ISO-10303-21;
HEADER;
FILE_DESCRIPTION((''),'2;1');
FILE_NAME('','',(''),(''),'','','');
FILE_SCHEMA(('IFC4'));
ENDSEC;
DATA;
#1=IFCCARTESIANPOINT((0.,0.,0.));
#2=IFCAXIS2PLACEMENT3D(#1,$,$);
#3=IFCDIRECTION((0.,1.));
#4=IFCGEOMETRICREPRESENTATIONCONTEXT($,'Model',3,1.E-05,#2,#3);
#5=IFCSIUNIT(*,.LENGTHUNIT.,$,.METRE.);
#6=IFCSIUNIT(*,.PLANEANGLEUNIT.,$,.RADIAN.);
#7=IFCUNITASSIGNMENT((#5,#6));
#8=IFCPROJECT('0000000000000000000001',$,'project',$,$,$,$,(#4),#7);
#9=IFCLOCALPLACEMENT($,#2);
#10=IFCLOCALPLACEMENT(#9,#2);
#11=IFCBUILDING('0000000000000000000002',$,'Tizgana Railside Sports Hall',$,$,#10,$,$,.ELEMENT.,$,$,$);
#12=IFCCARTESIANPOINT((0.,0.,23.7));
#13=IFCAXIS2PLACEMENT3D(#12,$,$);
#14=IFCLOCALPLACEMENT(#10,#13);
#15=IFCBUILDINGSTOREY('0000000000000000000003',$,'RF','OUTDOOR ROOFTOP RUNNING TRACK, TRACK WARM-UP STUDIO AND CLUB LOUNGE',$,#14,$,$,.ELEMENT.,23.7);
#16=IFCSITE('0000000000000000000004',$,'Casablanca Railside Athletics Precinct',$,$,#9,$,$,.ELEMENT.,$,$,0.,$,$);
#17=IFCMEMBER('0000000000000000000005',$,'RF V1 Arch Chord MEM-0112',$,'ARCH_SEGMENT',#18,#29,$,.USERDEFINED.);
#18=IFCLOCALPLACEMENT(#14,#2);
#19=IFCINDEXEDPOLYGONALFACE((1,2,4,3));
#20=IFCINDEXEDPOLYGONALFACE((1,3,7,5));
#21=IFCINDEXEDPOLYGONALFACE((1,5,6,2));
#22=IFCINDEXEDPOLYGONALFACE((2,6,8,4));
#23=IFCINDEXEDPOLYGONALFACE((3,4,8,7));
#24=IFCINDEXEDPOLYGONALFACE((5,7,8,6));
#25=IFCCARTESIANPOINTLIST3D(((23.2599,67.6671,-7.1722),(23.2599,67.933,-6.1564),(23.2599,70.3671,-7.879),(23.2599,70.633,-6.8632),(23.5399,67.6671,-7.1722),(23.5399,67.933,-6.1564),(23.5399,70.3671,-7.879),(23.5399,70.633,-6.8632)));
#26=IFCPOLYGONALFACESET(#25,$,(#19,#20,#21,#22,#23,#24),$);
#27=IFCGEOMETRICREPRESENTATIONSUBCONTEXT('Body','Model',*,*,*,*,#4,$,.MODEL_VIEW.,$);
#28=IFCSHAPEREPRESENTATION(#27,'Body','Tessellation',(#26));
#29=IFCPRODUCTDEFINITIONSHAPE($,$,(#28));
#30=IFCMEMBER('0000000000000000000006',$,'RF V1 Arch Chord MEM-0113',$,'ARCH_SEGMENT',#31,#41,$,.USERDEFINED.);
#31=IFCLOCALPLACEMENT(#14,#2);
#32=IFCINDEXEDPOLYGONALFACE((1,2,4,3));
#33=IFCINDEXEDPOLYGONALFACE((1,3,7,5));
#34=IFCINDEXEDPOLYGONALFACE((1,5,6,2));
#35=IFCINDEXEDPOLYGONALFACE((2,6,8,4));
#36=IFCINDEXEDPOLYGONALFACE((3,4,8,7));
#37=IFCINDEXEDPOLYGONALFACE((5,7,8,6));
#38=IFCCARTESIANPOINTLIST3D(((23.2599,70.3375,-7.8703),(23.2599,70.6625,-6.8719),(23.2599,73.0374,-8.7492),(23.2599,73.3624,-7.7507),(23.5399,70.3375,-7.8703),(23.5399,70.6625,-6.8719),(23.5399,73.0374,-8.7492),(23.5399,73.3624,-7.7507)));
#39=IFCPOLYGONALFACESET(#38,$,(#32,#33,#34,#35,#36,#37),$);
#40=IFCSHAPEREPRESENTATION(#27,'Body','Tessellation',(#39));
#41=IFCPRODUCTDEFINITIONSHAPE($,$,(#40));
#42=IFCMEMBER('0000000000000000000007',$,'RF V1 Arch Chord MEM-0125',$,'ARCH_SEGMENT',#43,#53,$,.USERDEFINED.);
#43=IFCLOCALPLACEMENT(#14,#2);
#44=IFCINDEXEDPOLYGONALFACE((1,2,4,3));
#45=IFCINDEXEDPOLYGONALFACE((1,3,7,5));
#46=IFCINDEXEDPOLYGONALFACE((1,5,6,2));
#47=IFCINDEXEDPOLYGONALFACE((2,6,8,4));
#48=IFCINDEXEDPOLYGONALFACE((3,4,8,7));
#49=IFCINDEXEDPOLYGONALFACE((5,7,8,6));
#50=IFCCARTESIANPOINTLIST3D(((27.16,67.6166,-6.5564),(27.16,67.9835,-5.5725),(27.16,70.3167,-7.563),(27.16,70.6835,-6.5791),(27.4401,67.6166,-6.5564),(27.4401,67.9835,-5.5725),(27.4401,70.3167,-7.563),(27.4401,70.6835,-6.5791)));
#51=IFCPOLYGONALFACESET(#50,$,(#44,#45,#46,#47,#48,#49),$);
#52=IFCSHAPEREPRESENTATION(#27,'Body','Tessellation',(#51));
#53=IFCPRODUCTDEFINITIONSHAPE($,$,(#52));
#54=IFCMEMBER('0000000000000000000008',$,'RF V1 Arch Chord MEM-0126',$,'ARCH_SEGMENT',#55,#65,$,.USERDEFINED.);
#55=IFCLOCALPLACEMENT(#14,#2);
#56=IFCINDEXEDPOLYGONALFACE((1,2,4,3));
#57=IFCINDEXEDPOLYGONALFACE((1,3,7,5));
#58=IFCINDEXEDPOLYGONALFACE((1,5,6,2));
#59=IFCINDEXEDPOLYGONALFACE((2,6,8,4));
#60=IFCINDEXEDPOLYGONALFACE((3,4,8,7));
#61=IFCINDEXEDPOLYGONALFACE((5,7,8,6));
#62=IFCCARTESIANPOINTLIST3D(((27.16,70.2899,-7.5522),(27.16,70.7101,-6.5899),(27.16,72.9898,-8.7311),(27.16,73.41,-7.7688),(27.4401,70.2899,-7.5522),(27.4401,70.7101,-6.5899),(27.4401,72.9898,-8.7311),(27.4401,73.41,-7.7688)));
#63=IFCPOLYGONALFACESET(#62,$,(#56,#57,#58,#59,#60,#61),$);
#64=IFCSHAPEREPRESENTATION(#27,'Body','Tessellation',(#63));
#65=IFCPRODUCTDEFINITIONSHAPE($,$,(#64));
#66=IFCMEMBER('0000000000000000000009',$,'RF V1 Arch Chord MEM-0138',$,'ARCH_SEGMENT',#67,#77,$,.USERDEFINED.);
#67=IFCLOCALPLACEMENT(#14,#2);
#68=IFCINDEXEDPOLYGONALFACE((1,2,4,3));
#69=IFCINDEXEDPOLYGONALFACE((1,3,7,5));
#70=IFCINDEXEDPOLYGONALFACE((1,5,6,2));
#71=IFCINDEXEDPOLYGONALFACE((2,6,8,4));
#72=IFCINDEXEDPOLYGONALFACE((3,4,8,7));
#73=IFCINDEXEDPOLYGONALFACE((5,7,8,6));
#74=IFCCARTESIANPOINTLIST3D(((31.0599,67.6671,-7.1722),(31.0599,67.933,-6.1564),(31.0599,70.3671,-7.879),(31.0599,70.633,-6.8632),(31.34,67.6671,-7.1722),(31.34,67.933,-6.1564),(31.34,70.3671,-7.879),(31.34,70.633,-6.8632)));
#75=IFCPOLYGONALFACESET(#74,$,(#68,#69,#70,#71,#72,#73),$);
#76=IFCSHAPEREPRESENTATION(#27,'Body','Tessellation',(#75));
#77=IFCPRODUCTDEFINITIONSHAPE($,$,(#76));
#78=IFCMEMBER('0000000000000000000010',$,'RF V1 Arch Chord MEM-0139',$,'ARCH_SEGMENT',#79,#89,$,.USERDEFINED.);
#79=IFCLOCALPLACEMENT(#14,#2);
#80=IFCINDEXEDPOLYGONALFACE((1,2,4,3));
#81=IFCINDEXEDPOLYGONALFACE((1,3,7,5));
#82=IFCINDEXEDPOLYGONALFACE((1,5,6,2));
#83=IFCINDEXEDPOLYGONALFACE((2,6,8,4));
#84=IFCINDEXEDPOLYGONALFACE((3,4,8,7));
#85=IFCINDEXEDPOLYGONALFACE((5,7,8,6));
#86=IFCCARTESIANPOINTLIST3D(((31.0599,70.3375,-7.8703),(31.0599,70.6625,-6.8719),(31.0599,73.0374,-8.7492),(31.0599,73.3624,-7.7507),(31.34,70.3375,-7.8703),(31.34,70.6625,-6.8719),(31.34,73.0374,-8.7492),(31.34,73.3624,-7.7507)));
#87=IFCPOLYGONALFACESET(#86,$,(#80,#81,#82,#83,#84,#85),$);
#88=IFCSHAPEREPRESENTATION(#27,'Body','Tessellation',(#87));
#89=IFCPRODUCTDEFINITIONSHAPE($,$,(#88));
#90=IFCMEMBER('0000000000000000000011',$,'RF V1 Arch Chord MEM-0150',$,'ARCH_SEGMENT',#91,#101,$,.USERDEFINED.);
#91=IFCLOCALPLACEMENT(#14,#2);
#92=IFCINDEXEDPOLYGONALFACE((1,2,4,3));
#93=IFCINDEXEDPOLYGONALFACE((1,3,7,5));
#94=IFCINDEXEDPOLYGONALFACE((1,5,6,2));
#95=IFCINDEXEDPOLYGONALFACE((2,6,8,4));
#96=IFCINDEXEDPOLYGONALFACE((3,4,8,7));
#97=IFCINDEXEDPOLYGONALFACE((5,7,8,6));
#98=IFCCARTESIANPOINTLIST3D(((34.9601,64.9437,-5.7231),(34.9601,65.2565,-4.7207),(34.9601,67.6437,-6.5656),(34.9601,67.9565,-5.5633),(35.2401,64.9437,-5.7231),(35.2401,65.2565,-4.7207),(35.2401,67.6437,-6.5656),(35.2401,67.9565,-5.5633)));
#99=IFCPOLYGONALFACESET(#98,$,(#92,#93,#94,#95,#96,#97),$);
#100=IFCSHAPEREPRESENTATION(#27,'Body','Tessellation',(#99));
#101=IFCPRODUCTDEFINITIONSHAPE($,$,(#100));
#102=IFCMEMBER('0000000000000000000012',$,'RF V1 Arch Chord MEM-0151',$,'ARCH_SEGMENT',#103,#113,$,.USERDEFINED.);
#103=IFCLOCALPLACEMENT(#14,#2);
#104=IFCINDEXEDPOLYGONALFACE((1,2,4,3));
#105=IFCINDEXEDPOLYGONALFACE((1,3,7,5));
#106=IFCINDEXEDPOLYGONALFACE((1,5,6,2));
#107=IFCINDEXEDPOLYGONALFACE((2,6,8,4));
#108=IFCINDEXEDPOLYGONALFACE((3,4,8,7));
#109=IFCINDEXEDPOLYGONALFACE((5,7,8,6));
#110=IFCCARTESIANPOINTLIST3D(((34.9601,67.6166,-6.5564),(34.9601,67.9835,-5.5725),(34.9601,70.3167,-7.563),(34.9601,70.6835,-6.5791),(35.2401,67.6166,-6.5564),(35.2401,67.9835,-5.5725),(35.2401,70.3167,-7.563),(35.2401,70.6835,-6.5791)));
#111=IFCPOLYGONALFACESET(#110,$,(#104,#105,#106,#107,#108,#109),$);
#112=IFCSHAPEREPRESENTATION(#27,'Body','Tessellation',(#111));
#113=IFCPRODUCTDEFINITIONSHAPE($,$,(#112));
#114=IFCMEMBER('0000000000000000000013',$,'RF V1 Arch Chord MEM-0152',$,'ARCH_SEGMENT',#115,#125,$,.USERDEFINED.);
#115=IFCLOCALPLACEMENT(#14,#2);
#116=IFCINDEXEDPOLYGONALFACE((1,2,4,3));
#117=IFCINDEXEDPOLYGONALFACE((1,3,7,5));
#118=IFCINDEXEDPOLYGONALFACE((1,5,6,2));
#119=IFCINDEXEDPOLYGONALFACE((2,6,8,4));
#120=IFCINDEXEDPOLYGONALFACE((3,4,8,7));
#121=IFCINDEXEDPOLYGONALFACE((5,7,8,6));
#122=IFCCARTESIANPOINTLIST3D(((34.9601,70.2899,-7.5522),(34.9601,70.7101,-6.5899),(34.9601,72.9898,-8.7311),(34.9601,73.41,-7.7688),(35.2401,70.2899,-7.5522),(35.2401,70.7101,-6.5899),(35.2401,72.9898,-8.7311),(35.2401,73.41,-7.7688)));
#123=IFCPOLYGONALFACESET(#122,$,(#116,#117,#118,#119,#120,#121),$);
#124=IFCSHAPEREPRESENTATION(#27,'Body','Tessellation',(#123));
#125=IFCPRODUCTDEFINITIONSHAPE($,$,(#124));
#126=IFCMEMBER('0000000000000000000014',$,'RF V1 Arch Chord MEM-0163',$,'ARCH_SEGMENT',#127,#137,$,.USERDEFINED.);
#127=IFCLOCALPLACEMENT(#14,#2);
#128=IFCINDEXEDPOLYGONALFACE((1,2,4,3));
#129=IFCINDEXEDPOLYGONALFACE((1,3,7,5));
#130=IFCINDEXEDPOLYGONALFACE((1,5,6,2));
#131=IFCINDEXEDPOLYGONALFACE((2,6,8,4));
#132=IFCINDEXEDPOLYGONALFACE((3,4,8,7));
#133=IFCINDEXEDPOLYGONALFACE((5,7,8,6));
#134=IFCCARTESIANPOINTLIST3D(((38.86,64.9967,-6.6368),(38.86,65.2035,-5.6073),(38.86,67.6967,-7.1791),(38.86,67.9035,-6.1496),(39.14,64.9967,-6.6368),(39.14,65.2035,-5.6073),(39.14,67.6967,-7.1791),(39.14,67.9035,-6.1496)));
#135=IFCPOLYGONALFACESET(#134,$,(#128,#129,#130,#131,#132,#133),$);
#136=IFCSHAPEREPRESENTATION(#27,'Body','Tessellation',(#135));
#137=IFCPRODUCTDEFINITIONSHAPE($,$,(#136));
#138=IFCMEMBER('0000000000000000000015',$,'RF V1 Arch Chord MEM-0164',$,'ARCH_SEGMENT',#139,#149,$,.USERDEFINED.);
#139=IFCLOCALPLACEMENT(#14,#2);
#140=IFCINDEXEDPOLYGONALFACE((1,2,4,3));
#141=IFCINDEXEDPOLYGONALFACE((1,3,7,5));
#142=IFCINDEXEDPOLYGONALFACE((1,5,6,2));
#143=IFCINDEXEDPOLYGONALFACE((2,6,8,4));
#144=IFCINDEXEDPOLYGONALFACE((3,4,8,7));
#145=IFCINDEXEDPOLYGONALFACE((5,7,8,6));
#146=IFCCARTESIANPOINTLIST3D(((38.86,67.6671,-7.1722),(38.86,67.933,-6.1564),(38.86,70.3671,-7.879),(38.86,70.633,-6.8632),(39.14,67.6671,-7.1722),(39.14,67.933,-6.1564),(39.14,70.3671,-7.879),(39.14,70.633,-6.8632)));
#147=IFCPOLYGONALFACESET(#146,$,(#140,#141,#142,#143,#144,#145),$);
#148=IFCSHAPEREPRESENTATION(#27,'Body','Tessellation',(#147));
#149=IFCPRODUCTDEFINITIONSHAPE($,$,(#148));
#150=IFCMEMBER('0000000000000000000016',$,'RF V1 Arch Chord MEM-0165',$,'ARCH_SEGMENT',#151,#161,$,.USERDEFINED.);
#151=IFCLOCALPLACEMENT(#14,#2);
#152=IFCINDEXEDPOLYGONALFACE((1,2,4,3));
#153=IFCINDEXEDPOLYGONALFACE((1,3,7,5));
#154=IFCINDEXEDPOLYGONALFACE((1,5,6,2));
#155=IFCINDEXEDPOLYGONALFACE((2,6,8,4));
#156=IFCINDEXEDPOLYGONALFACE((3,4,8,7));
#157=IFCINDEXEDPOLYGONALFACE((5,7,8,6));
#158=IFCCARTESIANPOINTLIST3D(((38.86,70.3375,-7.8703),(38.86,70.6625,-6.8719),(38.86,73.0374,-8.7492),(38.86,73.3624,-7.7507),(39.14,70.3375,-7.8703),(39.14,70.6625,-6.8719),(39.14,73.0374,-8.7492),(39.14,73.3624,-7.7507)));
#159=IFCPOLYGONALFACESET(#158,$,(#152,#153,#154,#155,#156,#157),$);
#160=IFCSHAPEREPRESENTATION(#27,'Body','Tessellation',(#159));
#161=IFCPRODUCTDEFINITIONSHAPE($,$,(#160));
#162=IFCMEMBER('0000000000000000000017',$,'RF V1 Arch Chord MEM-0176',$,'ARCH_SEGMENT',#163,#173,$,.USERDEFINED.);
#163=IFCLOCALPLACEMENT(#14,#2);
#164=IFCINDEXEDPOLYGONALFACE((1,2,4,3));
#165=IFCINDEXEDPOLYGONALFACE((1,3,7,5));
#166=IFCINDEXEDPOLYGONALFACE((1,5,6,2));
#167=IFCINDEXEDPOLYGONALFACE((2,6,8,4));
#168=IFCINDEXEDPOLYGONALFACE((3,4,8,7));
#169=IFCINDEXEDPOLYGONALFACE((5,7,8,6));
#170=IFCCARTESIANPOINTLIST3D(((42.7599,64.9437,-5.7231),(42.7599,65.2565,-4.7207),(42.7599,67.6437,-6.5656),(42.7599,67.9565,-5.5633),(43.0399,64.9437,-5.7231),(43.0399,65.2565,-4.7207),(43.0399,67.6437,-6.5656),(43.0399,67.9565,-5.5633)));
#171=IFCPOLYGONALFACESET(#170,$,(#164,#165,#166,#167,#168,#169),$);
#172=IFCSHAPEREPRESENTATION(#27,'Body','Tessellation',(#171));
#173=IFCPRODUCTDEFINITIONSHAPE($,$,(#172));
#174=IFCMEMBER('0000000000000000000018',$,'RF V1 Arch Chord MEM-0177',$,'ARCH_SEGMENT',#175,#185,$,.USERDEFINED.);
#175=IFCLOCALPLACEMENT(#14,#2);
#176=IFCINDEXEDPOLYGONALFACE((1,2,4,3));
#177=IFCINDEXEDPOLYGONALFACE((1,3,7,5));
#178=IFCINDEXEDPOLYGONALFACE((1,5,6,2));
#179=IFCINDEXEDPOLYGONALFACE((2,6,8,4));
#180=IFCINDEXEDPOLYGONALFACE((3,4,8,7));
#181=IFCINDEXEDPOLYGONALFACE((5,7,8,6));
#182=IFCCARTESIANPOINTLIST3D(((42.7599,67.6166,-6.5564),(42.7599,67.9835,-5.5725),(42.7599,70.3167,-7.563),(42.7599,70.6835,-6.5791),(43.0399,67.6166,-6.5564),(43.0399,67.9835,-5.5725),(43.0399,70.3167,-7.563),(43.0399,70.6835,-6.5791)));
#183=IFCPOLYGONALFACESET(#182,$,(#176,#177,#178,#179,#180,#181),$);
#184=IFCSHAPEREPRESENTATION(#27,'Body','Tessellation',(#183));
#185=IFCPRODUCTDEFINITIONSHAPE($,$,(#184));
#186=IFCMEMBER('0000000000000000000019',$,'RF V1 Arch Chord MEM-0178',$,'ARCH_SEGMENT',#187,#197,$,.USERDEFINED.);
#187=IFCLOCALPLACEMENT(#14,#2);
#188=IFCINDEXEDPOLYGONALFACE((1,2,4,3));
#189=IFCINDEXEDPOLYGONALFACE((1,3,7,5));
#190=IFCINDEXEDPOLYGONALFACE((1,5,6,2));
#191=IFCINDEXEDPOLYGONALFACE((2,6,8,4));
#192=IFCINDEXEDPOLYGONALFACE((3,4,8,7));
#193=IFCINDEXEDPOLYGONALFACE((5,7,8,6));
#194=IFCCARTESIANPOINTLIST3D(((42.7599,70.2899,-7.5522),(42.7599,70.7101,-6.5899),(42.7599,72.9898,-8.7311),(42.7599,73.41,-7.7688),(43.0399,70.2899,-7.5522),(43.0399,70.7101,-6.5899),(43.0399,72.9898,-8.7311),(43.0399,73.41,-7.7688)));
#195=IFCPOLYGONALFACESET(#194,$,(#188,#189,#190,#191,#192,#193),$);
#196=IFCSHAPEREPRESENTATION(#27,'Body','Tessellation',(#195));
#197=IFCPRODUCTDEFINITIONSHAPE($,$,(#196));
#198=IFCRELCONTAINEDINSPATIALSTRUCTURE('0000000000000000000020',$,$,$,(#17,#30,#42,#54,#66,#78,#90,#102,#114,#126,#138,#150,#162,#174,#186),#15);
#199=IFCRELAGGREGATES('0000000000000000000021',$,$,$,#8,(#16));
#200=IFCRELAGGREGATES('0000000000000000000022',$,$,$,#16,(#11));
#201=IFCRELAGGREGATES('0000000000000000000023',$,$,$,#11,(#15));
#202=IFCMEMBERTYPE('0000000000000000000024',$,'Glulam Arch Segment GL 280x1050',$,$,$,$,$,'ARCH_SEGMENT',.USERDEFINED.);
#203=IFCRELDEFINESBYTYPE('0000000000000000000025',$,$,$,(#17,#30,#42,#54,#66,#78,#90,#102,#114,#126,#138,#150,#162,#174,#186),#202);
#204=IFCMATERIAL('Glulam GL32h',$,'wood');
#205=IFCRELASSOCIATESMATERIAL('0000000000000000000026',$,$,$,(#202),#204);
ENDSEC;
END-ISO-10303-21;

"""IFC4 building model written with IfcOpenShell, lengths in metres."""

from ifc_helpers import new_model, si_unit, direction, frame, origin, origin_2d, place, context, subcontext, project, spatial, rectangle, extrude, material, material_profile, profile_set, type_object, element, save


model = new_model("IFC4")

# Units and contexts
model_context = context("Model", 3, precision=1e-05, world=origin(), true_north=direction((0.0, 1.0)))
body_context = subcontext(model_context, "Body", "Model", "MODEL_VIEW")
ifc_project = project(units=[si_unit("LENGTHUNIT", "METRE"), si_unit("PLANEANGLEUNIT", "RADIAN")], contexts=[model_context])

# Site, building, storey
site_placement = place(None, origin())
site = spatial("IfcSite", under=ifc_project, at=site_placement, Name="Casablanca Railside Athletics Precinct", CompositionType="ELEMENT", RefElevation=0.0)
building_placement = place(site_placement, origin())
building = spatial("IfcBuilding", under=site, at=building_placement, Name="Tizgana Railside Sports Hall", CompositionType="ELEMENT")
storey_placement = place(building_placement, frame((0.0, 0.0, 23.7)))
storey = spatial("IfcBuildingStorey", under=building, at=storey_placement, Name="RF", Description="OUTDOOR ROOFTOP RUNNING TRACK, TRACK WARM-UP STUDIO AND CLUB LOUNGE", CompositionType="ELEMENT", Elevation=23.7)

# Members
ifc_material_1 = material(Name="Glulam GL32h", Category="wood")
ifc_material_profile_1 = material_profile(ifc_material_1, rectangle(XDim=0.28, YDim=1.05, at=origin_2d()), Name="GL 280x1050")
ifc_profile_set_1 = profile_set([ifc_material_profile_1], Name="Glulam GL32h")
member_type_1 = type_object("IfcMemberType", Name="Glulam Arch Segment GL 280x1050", ElementType="ARCH_SEGMENT", PredefinedType="USERDEFINED", material=ifc_profile_set_1)
member_1_placement = place(storey_placement, frame((23.3999, 67.8, -6.6643), z_axis=(0.0, 0.967402, -0.253244), x_axis=(-1.0, 0.0, 0.0)))
element("IfcMember", 1, at=member_1_placement, inside=storey, type_object=member_type_1, Name="RF V1 Arch Chord MEM-0112", ObjectType="ARCH_SEGMENT", PredefinedType="USERDEFINED", context=body_context, shape_type="SweptSolid", body=[
    extrude(rectangle(XDim=0.28, YDim=1.05, at=origin_2d()), origin(), (0.0, 0.0, 1.0), 2.791),
])
member_2_placement = place(storey_placement, frame((23.3999, 70.5, -7.3711), z_axis=(0.0, 0.950887, -0.309539), x_axis=(-1.0, 0.0, 0.0)))
element("IfcMember", 2, at=member_2_placement, inside=storey, type_object=member_type_1, Name="RF V1 Arch Chord MEM-0113", ObjectType="ARCH_SEGMENT", PredefinedType="USERDEFINED", context=body_context, shape_type="SweptSolid", body=[
    extrude(rectangle(XDim=0.28, YDim=1.05, at=origin_2d()), origin(), (0.0, 0.0, 1.0), 2.8394),
])
member_3_placement = place(storey_placement, frame((27.3, 67.8, -6.0645), z_axis=(0.0, 0.936999, -0.349331), x_axis=(-1.0, 0.0, 0.0)))
element("IfcMember", 3, at=member_3_placement, inside=storey, type_object=member_type_1, Name="RF V1 Arch Chord MEM-0125", ObjectType="ARCH_SEGMENT", PredefinedType="USERDEFINED", context=body_context, shape_type="SweptSolid", body=[
    extrude(rectangle(XDim=0.28, YDim=1.05, at=origin_2d()), origin(), (0.0, 0.0, 1.0), 2.8816),
])
member_4_placement = place(storey_placement, frame((27.3, 70.5, -7.071), z_axis=(0.0, 0.91644, -0.400171), x_axis=(-1.0, 0.0, 0.0)))
element("IfcMember", 4, at=member_4_placement, inside=storey, type_object=member_type_1, Name="RF V1 Arch Chord MEM-0126", ObjectType="ARCH_SEGMENT", PredefinedType="USERDEFINED", context=body_context, shape_type="SweptSolid", body=[
    extrude(rectangle(XDim=0.28, YDim=1.05, at=origin_2d()), origin(), (0.0, 0.0, 1.0), 2.946),
])
member_5_placement = place(storey_placement, frame((31.2, 67.8, -6.6643), z_axis=(0.0, 0.967402, -0.253244), x_axis=(-1.0, 0.0, 0.0)))
element("IfcMember", 5, at=member_5_placement, inside=storey, type_object=member_type_1, Name="RF V1 Arch Chord MEM-0138", ObjectType="ARCH_SEGMENT", PredefinedType="USERDEFINED", context=body_context, shape_type="SweptSolid", body=[
    extrude(rectangle(XDim=0.28, YDim=1.05, at=origin_2d()), origin(), (0.0, 0.0, 1.0), 2.791),
])
member_6_placement = place(storey_placement, frame((31.2, 70.5, -7.3711), z_axis=(0.0, 0.950887, -0.309539), x_axis=(-1.0, 0.0, 0.0)))
element("IfcMember", 6, at=member_6_placement, inside=storey, type_object=member_type_1, Name="RF V1 Arch Chord MEM-0139", ObjectType="ARCH_SEGMENT", PredefinedType="USERDEFINED", context=body_context, shape_type="SweptSolid", body=[
    extrude(rectangle(XDim=0.28, YDim=1.05, at=origin_2d()), origin(), (0.0, 0.0, 1.0), 2.8394),
])
member_7_placement = place(storey_placement, frame((35.1001, 65.1001, -5.2219), z_axis=(0.0, 0.954601, -0.297887), x_axis=(-1.0, 0.0, 0.0)))
element("IfcMember", 7, at=member_7_placement, inside=storey, type_object=member_type_1, Name="RF V1 Arch Chord MEM-0150", ObjectType="ARCH_SEGMENT", PredefinedType="USERDEFINED", context=body_context, shape_type="SweptSolid", body=[
    extrude(rectangle(XDim=0.28, YDim=1.05, at=origin_2d()), origin(), (0.0, 0.0, 1.0), 2.8284),
])
member_8_placement = place(storey_placement, frame((35.1001, 67.8, -6.0645), z_axis=(0.0, 0.936999, -0.349331), x_axis=(-1.0, 0.0, 0.0)))
element("IfcMember", 8, at=member_8_placement, inside=storey, type_object=member_type_1, Name="RF V1 Arch Chord MEM-0151", ObjectType="ARCH_SEGMENT", PredefinedType="USERDEFINED", context=body_context, shape_type="SweptSolid", body=[
    extrude(rectangle(XDim=0.28, YDim=1.05, at=origin_2d()), origin(), (0.0, 0.0, 1.0), 2.8816),
])
member_9_placement = place(storey_placement, frame((35.1001, 70.5, -7.071), z_axis=(0.0, 0.91644, -0.400171), x_axis=(-1.0, 0.0, 0.0)))
element("IfcMember", 9, at=member_9_placement, inside=storey, type_object=member_type_1, Name="RF V1 Arch Chord MEM-0152", ObjectType="ARCH_SEGMENT", PredefinedType="USERDEFINED", context=body_context, shape_type="SweptSolid", body=[
    extrude(rectangle(XDim=0.28, YDim=1.05, at=origin_2d()), origin(), (0.0, 0.0, 1.0), 2.946),
])
member_10_placement = place(storey_placement, frame((39.0, 65.1001, -6.1221), z_axis=(0.0, 0.980424, -0.1969), x_axis=(-1.0, 0.0, 0.0)))
element("IfcMember", 10, at=member_10_placement, inside=storey, type_object=member_type_1, Name="RF V1 Arch Chord MEM-0163", ObjectType="ARCH_SEGMENT", PredefinedType="USERDEFINED", context=body_context, shape_type="SweptSolid", body=[
    extrude(rectangle(XDim=0.28, YDim=1.05, at=origin_2d()), origin(), (0.0, 0.0, 1.0), 2.7539),
])
member_11_placement = place(storey_placement, frame((39.0, 67.8, -6.6643), z_axis=(0.0, 0.967402, -0.253244), x_axis=(-1.0, 0.0, 0.0)))
element("IfcMember", 11, at=member_11_placement, inside=storey, type_object=member_type_1, Name="RF V1 Arch Chord MEM-0164", ObjectType="ARCH_SEGMENT", PredefinedType="USERDEFINED", context=body_context, shape_type="SweptSolid", body=[
    extrude(rectangle(XDim=0.28, YDim=1.05, at=origin_2d()), origin(), (0.0, 0.0, 1.0), 2.791),
])
member_12_placement = place(storey_placement, frame((39.0, 70.5, -7.3711), z_axis=(0.0, 0.950887, -0.309539), x_axis=(-1.0, 0.0, 0.0)))
element("IfcMember", 12, at=member_12_placement, inside=storey, type_object=member_type_1, Name="RF V1 Arch Chord MEM-0165", ObjectType="ARCH_SEGMENT", PredefinedType="USERDEFINED", context=body_context, shape_type="SweptSolid", body=[
    extrude(rectangle(XDim=0.28, YDim=1.05, at=origin_2d()), origin(), (0.0, 0.0, 1.0), 2.8394),
])
member_13_placement = place(storey_placement, frame((42.8999, 65.1001, -5.2219), z_axis=(0.0, 0.954601, -0.297887), x_axis=(-1.0, 0.0, 0.0)))
element("IfcMember", 13, at=member_13_placement, inside=storey, type_object=member_type_1, Name="RF V1 Arch Chord MEM-0176", ObjectType="ARCH_SEGMENT", PredefinedType="USERDEFINED", context=body_context, shape_type="SweptSolid", body=[
    extrude(rectangle(XDim=0.28, YDim=1.05, at=origin_2d()), origin(), (0.0, 0.0, 1.0), 2.8284),
])
member_14_placement = place(storey_placement, frame((42.8999, 67.8, -6.0645), z_axis=(0.0, 0.936999, -0.349331), x_axis=(-1.0, 0.0, 0.0)))
element("IfcMember", 14, at=member_14_placement, inside=storey, type_object=member_type_1, Name="RF V1 Arch Chord MEM-0177", ObjectType="ARCH_SEGMENT", PredefinedType="USERDEFINED", context=body_context, shape_type="SweptSolid", body=[
    extrude(rectangle(XDim=0.28, YDim=1.05, at=origin_2d()), origin(), (0.0, 0.0, 1.0), 2.8816),
])
member_15_placement = place(storey_placement, frame((42.8999, 70.5, -7.071), z_axis=(0.0, 0.91644, -0.400171), x_axis=(-1.0, 0.0, 0.0)))
element("IfcMember", 15, at=member_15_placement, inside=storey, type_object=member_type_1, Name="RF V1 Arch Chord MEM-0178", ObjectType="ARCH_SEGMENT", PredefinedType="USERDEFINED", context=body_context, shape_type="SweptSolid", body=[
    extrude(rectangle(XDim=0.28, YDim=1.05, at=origin_2d()), origin(), (0.0, 0.0, 1.0), 2.946),
])

save(model, "model.ifc")
